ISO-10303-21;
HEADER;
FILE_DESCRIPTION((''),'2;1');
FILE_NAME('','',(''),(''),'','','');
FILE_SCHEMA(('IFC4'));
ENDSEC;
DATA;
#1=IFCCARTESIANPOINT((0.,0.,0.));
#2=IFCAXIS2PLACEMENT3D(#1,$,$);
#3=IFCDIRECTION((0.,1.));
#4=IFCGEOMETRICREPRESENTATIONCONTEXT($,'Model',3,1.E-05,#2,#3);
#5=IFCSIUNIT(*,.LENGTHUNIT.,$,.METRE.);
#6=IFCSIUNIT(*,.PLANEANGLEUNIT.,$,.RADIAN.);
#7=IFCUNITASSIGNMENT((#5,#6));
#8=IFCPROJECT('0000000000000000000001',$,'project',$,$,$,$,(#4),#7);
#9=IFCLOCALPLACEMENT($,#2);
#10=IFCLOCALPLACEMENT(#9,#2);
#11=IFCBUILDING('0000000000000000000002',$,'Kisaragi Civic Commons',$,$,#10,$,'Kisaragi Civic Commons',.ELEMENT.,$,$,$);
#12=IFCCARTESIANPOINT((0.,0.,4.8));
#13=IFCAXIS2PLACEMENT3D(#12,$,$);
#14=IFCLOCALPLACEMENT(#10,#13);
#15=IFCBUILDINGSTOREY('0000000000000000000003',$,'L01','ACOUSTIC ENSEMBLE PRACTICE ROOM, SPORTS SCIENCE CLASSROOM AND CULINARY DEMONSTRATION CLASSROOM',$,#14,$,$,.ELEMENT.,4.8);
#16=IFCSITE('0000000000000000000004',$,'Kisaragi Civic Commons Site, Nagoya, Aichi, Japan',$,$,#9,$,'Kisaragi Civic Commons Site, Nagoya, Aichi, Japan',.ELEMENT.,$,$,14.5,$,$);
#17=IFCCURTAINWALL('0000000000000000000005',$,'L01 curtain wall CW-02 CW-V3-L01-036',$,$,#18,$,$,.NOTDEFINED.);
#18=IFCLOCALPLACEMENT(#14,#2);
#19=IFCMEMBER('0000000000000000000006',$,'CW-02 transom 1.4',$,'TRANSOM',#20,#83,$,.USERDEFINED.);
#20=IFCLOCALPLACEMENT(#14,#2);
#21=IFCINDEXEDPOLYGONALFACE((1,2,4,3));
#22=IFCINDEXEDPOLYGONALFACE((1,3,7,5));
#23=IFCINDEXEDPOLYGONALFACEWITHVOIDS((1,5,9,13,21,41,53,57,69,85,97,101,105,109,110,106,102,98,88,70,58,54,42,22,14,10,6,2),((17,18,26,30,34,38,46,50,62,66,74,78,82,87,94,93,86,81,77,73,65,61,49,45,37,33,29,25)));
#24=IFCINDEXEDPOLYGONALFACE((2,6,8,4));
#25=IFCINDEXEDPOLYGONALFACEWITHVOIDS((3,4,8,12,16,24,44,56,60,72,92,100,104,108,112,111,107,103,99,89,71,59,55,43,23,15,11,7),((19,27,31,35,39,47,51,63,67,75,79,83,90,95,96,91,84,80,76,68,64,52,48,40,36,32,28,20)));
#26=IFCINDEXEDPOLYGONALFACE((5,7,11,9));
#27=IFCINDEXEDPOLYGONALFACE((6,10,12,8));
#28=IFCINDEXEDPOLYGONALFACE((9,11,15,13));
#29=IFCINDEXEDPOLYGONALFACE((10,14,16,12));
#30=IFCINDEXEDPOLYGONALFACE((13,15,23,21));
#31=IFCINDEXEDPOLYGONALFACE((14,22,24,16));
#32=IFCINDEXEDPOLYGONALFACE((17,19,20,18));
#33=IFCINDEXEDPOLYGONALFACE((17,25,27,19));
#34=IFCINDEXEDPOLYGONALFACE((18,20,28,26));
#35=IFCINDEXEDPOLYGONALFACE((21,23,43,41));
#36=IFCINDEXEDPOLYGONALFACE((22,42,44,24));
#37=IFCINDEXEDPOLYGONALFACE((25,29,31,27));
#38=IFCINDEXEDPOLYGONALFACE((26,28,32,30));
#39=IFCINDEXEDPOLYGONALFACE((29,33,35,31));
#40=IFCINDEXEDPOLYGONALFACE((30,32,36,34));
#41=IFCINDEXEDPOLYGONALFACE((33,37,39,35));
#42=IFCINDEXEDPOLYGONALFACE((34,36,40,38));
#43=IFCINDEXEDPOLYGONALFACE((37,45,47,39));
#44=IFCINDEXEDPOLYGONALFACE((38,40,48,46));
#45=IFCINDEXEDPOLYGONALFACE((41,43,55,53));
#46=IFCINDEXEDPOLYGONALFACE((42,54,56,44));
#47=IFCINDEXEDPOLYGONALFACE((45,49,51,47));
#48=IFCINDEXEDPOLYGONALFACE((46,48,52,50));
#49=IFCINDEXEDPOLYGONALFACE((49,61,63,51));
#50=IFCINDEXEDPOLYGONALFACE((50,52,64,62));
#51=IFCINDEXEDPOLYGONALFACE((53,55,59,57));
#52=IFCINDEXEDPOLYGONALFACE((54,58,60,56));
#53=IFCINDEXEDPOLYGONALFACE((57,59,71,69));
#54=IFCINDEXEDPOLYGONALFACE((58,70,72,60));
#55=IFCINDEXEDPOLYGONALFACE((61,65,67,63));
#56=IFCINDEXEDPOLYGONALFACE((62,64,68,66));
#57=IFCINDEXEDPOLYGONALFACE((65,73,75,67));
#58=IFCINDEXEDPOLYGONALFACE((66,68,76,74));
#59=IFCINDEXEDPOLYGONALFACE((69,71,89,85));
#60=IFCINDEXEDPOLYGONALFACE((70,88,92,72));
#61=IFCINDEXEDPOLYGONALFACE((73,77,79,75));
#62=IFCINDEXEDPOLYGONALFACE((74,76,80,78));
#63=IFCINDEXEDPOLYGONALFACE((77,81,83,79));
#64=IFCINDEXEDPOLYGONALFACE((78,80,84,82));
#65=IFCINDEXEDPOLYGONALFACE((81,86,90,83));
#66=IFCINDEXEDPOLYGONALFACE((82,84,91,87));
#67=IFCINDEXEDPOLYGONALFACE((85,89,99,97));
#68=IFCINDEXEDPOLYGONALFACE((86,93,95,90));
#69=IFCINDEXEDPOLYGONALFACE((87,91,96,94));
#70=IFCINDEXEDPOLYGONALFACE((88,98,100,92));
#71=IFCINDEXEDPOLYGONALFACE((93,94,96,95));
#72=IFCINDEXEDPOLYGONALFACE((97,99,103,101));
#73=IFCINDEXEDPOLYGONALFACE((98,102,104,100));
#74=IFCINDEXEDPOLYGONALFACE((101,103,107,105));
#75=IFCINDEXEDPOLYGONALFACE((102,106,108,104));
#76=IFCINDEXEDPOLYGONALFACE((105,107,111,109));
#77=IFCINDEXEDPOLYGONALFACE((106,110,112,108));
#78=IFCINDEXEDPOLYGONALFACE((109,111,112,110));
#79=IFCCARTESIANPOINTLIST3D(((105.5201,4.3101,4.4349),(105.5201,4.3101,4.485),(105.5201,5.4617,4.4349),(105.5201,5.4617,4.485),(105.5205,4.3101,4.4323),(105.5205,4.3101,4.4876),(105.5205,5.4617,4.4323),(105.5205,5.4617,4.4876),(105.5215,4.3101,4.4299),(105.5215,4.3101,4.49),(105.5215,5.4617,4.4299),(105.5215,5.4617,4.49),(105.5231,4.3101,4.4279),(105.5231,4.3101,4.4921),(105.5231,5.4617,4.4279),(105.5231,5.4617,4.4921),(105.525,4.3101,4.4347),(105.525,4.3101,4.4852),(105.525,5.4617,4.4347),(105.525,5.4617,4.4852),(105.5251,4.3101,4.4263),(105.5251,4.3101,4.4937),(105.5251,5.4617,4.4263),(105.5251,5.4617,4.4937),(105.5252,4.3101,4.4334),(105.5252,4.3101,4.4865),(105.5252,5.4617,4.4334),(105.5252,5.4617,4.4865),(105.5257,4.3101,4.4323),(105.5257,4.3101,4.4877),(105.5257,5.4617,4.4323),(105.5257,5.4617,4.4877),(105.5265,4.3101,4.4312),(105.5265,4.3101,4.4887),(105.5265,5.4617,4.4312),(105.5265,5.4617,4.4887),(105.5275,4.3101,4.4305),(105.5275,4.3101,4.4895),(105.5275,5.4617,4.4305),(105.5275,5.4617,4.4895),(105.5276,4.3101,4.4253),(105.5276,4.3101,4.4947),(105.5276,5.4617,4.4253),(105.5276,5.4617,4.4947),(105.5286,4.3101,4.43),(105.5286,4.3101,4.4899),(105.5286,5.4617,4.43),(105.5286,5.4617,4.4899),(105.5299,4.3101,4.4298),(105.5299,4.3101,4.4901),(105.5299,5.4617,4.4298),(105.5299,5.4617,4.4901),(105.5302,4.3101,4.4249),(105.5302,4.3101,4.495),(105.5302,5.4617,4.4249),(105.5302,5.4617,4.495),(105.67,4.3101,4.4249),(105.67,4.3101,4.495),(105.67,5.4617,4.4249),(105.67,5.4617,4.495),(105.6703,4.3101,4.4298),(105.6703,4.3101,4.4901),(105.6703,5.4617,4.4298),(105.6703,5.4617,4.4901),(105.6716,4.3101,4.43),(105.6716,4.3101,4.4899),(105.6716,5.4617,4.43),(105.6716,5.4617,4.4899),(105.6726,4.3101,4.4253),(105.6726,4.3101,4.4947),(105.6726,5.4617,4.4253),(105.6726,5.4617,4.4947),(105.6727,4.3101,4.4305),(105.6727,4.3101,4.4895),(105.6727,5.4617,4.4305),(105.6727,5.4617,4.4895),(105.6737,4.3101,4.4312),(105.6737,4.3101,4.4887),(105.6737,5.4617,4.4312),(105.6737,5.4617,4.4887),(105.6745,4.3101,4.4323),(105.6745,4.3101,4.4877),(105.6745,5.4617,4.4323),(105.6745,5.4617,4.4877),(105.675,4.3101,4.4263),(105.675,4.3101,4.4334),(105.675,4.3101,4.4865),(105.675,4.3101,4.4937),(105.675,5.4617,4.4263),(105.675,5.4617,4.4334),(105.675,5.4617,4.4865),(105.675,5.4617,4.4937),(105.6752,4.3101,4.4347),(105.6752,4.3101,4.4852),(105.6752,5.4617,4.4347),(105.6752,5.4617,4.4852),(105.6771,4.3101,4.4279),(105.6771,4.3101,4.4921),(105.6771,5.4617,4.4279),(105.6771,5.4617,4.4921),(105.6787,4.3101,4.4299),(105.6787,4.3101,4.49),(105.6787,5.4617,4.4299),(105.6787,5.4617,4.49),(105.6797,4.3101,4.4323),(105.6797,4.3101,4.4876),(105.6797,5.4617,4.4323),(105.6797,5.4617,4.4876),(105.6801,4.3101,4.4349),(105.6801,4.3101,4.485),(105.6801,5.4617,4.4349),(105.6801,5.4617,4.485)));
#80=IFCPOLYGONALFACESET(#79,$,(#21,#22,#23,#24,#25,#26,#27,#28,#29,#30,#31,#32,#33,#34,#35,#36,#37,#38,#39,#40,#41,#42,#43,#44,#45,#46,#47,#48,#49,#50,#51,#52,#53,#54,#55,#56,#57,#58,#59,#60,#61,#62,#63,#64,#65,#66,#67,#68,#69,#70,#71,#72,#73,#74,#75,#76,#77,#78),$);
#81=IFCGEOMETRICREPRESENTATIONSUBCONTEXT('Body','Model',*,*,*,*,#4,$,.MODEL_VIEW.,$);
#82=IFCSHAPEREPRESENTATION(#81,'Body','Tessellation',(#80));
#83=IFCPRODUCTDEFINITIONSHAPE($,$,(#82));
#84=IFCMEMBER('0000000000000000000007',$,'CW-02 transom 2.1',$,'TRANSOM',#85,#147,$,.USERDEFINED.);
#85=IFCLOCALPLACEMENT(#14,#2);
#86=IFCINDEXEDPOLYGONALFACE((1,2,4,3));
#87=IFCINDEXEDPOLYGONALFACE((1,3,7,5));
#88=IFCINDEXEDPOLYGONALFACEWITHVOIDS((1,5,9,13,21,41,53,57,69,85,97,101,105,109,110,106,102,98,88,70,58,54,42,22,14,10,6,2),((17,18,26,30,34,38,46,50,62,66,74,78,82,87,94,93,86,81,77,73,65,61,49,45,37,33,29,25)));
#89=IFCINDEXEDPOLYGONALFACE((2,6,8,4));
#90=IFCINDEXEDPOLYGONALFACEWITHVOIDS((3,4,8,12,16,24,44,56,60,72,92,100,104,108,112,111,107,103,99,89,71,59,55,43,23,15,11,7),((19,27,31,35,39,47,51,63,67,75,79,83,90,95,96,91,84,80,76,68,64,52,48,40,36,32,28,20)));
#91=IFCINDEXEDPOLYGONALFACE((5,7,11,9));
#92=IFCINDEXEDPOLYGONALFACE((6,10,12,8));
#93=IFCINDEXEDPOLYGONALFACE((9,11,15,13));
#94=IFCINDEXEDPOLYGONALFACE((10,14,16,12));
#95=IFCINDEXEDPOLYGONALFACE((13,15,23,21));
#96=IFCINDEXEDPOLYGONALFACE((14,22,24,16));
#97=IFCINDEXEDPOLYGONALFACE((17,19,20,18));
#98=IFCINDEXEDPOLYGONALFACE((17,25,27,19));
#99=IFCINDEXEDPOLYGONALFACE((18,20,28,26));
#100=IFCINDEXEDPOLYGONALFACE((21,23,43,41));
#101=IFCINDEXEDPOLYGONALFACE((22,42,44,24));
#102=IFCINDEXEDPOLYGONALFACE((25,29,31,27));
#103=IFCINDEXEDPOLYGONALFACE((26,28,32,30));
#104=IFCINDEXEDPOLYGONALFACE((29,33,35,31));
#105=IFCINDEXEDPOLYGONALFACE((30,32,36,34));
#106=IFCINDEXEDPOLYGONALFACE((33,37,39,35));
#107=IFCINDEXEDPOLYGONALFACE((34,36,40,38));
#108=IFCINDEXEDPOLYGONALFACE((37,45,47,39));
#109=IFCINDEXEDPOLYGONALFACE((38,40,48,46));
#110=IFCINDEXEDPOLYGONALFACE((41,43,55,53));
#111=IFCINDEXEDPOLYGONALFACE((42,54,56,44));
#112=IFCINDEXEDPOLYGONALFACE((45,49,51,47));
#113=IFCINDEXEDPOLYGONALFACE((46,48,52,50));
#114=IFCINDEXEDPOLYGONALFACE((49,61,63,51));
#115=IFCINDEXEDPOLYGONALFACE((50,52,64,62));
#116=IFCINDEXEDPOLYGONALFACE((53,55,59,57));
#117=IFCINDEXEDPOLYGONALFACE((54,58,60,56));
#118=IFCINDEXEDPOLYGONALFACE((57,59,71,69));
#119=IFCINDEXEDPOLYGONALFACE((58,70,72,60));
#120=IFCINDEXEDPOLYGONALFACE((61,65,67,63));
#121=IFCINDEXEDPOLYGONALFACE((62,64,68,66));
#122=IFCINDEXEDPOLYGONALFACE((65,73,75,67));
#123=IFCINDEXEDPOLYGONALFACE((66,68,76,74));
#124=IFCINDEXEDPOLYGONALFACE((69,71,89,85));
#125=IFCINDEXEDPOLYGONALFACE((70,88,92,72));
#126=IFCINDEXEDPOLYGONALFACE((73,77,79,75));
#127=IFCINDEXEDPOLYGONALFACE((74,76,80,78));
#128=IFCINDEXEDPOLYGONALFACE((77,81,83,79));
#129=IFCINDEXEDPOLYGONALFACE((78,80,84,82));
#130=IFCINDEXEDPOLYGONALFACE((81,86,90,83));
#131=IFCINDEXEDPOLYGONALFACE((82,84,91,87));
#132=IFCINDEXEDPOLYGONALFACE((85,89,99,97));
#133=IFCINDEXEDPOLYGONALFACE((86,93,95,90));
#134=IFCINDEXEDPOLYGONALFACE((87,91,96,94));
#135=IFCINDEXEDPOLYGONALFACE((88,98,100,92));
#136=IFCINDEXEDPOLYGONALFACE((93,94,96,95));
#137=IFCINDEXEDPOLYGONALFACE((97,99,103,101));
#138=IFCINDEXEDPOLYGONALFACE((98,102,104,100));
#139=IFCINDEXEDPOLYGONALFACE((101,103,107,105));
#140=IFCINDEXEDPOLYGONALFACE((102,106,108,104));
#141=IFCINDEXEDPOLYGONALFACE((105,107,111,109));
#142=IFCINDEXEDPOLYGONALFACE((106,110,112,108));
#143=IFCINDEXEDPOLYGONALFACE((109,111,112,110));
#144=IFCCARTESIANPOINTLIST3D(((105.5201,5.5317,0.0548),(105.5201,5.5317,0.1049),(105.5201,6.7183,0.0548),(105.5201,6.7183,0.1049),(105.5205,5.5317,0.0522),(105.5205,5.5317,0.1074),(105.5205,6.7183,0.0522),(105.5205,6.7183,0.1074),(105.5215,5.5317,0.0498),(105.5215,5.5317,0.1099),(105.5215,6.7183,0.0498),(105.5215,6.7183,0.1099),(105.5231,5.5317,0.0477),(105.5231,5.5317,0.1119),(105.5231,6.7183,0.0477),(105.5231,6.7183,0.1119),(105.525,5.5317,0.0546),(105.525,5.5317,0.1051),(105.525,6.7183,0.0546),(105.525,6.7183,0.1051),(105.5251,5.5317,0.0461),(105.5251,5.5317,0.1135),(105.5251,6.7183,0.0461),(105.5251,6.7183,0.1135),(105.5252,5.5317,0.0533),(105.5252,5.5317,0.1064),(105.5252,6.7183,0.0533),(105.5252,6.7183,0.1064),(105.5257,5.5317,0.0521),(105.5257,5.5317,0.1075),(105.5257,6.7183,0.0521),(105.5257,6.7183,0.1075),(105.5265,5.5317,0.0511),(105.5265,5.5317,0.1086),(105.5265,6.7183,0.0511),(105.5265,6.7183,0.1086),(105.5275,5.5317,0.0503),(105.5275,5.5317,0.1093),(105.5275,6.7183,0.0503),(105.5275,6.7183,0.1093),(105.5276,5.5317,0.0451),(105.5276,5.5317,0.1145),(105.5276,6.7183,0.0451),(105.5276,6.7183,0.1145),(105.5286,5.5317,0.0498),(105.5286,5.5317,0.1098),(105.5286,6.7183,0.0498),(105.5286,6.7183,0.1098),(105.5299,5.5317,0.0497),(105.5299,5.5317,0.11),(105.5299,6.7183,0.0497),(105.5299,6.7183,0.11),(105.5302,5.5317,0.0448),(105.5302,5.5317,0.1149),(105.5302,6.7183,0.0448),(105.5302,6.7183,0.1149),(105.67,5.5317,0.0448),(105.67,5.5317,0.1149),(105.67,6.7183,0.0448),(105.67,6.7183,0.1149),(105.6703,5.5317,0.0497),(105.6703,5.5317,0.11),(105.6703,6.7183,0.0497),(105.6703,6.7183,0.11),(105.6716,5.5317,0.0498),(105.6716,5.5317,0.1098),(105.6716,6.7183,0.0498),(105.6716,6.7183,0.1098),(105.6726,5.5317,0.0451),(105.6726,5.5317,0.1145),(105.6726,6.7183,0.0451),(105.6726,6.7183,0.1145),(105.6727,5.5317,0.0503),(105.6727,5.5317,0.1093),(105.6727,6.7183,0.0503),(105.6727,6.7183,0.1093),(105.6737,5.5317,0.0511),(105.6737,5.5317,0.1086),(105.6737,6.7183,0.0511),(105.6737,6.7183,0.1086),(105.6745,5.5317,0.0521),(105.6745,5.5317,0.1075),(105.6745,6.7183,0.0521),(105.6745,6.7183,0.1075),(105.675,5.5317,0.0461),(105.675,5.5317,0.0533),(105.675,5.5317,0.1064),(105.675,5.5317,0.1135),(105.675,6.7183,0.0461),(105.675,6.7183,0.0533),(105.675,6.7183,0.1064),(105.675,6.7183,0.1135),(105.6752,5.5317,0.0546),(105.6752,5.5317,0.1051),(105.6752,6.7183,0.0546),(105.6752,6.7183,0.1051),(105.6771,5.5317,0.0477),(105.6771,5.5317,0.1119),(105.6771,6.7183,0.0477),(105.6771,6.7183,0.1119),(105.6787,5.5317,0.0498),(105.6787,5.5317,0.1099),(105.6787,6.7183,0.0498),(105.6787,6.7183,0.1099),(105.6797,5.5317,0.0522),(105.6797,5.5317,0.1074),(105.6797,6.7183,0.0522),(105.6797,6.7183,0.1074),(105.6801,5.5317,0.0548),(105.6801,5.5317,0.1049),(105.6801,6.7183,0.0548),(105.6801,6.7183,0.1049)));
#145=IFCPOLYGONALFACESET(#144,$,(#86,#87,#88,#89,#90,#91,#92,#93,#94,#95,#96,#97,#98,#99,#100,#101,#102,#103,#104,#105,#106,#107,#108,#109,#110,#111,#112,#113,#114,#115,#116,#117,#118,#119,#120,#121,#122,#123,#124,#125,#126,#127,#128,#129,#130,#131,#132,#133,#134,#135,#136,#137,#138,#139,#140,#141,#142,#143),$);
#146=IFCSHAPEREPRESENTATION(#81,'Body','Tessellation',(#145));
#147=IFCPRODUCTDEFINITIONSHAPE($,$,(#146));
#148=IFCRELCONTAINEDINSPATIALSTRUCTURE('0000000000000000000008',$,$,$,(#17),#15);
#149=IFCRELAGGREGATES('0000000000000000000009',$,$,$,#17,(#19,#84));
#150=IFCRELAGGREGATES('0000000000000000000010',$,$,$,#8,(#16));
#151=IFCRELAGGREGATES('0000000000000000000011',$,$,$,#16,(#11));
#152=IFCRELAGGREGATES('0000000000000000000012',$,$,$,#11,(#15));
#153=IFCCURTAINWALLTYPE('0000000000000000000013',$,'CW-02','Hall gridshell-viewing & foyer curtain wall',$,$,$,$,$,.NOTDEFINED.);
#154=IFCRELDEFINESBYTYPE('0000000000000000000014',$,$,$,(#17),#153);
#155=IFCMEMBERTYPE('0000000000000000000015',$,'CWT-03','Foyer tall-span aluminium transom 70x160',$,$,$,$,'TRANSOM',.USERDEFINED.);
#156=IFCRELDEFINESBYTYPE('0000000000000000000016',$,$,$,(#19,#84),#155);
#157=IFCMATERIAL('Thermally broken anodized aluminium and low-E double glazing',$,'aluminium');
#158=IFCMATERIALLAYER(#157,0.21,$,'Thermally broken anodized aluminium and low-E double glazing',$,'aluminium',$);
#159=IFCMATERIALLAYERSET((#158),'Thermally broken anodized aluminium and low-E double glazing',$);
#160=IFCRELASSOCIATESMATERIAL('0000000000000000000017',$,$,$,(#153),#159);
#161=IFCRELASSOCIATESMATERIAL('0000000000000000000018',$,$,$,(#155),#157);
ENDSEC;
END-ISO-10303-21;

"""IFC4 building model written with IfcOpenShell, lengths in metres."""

from ifc_helpers import new_model, si_unit, direction, frame, origin, origin_2d, place, context, subcontext, project, spatial, hollow_rectangle, extrude, material, layer, layer_set, material_profile, profile_set, type_object, element, aggregate, save


model = new_model("IFC4")

# Units and contexts
model_context = context("Model", 3, precision=1e-05, world=origin(), true_north=direction((0.0, 1.0)))
body_context = subcontext(model_context, "Body", "Model", "MODEL_VIEW")
ifc_project = project(units=[si_unit("LENGTHUNIT", "METRE"), si_unit("PLANEANGLEUNIT", "RADIAN")], contexts=[model_context])

# Site, building, storey
site_placement = place(None, origin())
site = spatial("IfcSite", under=ifc_project, at=site_placement, Name="Kisaragi Civic Commons Site, Nagoya, Aichi, Japan", LongName="Kisaragi Civic Commons Site, Nagoya, Aichi, Japan", CompositionType="ELEMENT", RefElevation=14.5)
building_placement = place(site_placement, origin())
building = spatial("IfcBuilding", under=site, at=building_placement, Name="Kisaragi Civic Commons", LongName="Kisaragi Civic Commons", CompositionType="ELEMENT")
storey_placement = place(building_placement, frame((0.0, 0.0, 4.8)))
storey = spatial("IfcBuildingStorey", under=building, at=storey_placement, Name="L01", Description="ACOUSTIC ENSEMBLE PRACTICE ROOM, SPORTS SCIENCE CLASSROOM AND CULINARY DEMONSTRATION CLASSROOM", CompositionType="ELEMENT", Elevation=4.8)

# Curtain wall, members
ifc_material_1 = material(Name="Thermally broken anodized aluminium and low-E double glazing", Category="aluminium")
ifc_layer_1 = layer(ifc_material_1, 0.21, Name="Thermally broken anodized aluminium and low-E double glazing", Category="aluminium")
ifc_layer_set_1 = layer_set([ifc_layer_1], Name="Thermally broken anodized aluminium and low-E double glazing")
curtain_wall_type = type_object("IfcCurtainWallType", Name="CW-02", Description="Hall gridshell-viewing & foyer curtain wall", PredefinedType="NOTDEFINED", material=ifc_layer_set_1)
curtain_wall_placement = place(storey_placement, origin())
curtain_wall = element("IfcCurtainWall", 1, at=curtain_wall_placement, inside=storey, type_object=curtain_wall_type, Name="L01 curtain wall CW-02 CW-V3-L01-036", PredefinedType="NOTDEFINED")
ifc_material_profile_1 = material_profile(ifc_material_1, hollow_rectangle(XDim=0.1599, YDim=0.0701, WallThickness=0.0049, InnerFilletRadius=0.0049, OuterFilletRadius=0.01, at=origin_2d()), Name="CWT-70x160x5", Category="aluminium")
ifc_profile_set_1 = profile_set([ifc_material_profile_1], Name="Thermally broken anodized aluminium and low-E double glazing")
member_type_1 = type_object("IfcMemberType", Name="CWT-03", Description="Foyer tall-span aluminium transom 70x160", ElementType="TRANSOM", PredefinedType="USERDEFINED", material=ifc_profile_set_1)
member_1_placement = place(storey_placement, frame((105.6001, 4.3101, 4.46), z_axis=(0.0, 1.0, 0.0), x_axis=(-1.0, 0.0, 0.0)))
member_1 = element("IfcMember", 2, at=member_1_placement, type_object=member_type_1, Name="CW-02 transom 1.4", ObjectType="TRANSOM", PredefinedType="USERDEFINED", context=body_context, shape_type="SweptSolid", body=[
    extrude(hollow_rectangle(XDim=0.1599, YDim=0.0701, WallThickness=0.0049, InnerFilletRadius=0.0049, OuterFilletRadius=0.01, at=origin_2d()), origin(), (0.0, 0.0, 1.0), 1.1516),
])
member_2_placement = place(storey_placement, frame((105.6001, 5.5317, 0.0798), z_axis=(0.0, 1.0, 0.0), x_axis=(-1.0, 0.0, 0.0)))
member_2 = element("IfcMember", 3, at=member_2_placement, type_object=member_type_1, Name="CW-02 transom 2.1", ObjectType="TRANSOM", PredefinedType="USERDEFINED", context=body_context, shape_type="SweptSolid", body=[
    extrude(hollow_rectangle(XDim=0.1599, YDim=0.0701, WallThickness=0.0049, InnerFilletRadius=0.0049, OuterFilletRadius=0.01, at=origin_2d()), origin(), (0.0, 0.0, 1.0), 1.1865),
])

aggregate(curtain_wall, [member_1, member_2])

save(model, "model.ifc")
